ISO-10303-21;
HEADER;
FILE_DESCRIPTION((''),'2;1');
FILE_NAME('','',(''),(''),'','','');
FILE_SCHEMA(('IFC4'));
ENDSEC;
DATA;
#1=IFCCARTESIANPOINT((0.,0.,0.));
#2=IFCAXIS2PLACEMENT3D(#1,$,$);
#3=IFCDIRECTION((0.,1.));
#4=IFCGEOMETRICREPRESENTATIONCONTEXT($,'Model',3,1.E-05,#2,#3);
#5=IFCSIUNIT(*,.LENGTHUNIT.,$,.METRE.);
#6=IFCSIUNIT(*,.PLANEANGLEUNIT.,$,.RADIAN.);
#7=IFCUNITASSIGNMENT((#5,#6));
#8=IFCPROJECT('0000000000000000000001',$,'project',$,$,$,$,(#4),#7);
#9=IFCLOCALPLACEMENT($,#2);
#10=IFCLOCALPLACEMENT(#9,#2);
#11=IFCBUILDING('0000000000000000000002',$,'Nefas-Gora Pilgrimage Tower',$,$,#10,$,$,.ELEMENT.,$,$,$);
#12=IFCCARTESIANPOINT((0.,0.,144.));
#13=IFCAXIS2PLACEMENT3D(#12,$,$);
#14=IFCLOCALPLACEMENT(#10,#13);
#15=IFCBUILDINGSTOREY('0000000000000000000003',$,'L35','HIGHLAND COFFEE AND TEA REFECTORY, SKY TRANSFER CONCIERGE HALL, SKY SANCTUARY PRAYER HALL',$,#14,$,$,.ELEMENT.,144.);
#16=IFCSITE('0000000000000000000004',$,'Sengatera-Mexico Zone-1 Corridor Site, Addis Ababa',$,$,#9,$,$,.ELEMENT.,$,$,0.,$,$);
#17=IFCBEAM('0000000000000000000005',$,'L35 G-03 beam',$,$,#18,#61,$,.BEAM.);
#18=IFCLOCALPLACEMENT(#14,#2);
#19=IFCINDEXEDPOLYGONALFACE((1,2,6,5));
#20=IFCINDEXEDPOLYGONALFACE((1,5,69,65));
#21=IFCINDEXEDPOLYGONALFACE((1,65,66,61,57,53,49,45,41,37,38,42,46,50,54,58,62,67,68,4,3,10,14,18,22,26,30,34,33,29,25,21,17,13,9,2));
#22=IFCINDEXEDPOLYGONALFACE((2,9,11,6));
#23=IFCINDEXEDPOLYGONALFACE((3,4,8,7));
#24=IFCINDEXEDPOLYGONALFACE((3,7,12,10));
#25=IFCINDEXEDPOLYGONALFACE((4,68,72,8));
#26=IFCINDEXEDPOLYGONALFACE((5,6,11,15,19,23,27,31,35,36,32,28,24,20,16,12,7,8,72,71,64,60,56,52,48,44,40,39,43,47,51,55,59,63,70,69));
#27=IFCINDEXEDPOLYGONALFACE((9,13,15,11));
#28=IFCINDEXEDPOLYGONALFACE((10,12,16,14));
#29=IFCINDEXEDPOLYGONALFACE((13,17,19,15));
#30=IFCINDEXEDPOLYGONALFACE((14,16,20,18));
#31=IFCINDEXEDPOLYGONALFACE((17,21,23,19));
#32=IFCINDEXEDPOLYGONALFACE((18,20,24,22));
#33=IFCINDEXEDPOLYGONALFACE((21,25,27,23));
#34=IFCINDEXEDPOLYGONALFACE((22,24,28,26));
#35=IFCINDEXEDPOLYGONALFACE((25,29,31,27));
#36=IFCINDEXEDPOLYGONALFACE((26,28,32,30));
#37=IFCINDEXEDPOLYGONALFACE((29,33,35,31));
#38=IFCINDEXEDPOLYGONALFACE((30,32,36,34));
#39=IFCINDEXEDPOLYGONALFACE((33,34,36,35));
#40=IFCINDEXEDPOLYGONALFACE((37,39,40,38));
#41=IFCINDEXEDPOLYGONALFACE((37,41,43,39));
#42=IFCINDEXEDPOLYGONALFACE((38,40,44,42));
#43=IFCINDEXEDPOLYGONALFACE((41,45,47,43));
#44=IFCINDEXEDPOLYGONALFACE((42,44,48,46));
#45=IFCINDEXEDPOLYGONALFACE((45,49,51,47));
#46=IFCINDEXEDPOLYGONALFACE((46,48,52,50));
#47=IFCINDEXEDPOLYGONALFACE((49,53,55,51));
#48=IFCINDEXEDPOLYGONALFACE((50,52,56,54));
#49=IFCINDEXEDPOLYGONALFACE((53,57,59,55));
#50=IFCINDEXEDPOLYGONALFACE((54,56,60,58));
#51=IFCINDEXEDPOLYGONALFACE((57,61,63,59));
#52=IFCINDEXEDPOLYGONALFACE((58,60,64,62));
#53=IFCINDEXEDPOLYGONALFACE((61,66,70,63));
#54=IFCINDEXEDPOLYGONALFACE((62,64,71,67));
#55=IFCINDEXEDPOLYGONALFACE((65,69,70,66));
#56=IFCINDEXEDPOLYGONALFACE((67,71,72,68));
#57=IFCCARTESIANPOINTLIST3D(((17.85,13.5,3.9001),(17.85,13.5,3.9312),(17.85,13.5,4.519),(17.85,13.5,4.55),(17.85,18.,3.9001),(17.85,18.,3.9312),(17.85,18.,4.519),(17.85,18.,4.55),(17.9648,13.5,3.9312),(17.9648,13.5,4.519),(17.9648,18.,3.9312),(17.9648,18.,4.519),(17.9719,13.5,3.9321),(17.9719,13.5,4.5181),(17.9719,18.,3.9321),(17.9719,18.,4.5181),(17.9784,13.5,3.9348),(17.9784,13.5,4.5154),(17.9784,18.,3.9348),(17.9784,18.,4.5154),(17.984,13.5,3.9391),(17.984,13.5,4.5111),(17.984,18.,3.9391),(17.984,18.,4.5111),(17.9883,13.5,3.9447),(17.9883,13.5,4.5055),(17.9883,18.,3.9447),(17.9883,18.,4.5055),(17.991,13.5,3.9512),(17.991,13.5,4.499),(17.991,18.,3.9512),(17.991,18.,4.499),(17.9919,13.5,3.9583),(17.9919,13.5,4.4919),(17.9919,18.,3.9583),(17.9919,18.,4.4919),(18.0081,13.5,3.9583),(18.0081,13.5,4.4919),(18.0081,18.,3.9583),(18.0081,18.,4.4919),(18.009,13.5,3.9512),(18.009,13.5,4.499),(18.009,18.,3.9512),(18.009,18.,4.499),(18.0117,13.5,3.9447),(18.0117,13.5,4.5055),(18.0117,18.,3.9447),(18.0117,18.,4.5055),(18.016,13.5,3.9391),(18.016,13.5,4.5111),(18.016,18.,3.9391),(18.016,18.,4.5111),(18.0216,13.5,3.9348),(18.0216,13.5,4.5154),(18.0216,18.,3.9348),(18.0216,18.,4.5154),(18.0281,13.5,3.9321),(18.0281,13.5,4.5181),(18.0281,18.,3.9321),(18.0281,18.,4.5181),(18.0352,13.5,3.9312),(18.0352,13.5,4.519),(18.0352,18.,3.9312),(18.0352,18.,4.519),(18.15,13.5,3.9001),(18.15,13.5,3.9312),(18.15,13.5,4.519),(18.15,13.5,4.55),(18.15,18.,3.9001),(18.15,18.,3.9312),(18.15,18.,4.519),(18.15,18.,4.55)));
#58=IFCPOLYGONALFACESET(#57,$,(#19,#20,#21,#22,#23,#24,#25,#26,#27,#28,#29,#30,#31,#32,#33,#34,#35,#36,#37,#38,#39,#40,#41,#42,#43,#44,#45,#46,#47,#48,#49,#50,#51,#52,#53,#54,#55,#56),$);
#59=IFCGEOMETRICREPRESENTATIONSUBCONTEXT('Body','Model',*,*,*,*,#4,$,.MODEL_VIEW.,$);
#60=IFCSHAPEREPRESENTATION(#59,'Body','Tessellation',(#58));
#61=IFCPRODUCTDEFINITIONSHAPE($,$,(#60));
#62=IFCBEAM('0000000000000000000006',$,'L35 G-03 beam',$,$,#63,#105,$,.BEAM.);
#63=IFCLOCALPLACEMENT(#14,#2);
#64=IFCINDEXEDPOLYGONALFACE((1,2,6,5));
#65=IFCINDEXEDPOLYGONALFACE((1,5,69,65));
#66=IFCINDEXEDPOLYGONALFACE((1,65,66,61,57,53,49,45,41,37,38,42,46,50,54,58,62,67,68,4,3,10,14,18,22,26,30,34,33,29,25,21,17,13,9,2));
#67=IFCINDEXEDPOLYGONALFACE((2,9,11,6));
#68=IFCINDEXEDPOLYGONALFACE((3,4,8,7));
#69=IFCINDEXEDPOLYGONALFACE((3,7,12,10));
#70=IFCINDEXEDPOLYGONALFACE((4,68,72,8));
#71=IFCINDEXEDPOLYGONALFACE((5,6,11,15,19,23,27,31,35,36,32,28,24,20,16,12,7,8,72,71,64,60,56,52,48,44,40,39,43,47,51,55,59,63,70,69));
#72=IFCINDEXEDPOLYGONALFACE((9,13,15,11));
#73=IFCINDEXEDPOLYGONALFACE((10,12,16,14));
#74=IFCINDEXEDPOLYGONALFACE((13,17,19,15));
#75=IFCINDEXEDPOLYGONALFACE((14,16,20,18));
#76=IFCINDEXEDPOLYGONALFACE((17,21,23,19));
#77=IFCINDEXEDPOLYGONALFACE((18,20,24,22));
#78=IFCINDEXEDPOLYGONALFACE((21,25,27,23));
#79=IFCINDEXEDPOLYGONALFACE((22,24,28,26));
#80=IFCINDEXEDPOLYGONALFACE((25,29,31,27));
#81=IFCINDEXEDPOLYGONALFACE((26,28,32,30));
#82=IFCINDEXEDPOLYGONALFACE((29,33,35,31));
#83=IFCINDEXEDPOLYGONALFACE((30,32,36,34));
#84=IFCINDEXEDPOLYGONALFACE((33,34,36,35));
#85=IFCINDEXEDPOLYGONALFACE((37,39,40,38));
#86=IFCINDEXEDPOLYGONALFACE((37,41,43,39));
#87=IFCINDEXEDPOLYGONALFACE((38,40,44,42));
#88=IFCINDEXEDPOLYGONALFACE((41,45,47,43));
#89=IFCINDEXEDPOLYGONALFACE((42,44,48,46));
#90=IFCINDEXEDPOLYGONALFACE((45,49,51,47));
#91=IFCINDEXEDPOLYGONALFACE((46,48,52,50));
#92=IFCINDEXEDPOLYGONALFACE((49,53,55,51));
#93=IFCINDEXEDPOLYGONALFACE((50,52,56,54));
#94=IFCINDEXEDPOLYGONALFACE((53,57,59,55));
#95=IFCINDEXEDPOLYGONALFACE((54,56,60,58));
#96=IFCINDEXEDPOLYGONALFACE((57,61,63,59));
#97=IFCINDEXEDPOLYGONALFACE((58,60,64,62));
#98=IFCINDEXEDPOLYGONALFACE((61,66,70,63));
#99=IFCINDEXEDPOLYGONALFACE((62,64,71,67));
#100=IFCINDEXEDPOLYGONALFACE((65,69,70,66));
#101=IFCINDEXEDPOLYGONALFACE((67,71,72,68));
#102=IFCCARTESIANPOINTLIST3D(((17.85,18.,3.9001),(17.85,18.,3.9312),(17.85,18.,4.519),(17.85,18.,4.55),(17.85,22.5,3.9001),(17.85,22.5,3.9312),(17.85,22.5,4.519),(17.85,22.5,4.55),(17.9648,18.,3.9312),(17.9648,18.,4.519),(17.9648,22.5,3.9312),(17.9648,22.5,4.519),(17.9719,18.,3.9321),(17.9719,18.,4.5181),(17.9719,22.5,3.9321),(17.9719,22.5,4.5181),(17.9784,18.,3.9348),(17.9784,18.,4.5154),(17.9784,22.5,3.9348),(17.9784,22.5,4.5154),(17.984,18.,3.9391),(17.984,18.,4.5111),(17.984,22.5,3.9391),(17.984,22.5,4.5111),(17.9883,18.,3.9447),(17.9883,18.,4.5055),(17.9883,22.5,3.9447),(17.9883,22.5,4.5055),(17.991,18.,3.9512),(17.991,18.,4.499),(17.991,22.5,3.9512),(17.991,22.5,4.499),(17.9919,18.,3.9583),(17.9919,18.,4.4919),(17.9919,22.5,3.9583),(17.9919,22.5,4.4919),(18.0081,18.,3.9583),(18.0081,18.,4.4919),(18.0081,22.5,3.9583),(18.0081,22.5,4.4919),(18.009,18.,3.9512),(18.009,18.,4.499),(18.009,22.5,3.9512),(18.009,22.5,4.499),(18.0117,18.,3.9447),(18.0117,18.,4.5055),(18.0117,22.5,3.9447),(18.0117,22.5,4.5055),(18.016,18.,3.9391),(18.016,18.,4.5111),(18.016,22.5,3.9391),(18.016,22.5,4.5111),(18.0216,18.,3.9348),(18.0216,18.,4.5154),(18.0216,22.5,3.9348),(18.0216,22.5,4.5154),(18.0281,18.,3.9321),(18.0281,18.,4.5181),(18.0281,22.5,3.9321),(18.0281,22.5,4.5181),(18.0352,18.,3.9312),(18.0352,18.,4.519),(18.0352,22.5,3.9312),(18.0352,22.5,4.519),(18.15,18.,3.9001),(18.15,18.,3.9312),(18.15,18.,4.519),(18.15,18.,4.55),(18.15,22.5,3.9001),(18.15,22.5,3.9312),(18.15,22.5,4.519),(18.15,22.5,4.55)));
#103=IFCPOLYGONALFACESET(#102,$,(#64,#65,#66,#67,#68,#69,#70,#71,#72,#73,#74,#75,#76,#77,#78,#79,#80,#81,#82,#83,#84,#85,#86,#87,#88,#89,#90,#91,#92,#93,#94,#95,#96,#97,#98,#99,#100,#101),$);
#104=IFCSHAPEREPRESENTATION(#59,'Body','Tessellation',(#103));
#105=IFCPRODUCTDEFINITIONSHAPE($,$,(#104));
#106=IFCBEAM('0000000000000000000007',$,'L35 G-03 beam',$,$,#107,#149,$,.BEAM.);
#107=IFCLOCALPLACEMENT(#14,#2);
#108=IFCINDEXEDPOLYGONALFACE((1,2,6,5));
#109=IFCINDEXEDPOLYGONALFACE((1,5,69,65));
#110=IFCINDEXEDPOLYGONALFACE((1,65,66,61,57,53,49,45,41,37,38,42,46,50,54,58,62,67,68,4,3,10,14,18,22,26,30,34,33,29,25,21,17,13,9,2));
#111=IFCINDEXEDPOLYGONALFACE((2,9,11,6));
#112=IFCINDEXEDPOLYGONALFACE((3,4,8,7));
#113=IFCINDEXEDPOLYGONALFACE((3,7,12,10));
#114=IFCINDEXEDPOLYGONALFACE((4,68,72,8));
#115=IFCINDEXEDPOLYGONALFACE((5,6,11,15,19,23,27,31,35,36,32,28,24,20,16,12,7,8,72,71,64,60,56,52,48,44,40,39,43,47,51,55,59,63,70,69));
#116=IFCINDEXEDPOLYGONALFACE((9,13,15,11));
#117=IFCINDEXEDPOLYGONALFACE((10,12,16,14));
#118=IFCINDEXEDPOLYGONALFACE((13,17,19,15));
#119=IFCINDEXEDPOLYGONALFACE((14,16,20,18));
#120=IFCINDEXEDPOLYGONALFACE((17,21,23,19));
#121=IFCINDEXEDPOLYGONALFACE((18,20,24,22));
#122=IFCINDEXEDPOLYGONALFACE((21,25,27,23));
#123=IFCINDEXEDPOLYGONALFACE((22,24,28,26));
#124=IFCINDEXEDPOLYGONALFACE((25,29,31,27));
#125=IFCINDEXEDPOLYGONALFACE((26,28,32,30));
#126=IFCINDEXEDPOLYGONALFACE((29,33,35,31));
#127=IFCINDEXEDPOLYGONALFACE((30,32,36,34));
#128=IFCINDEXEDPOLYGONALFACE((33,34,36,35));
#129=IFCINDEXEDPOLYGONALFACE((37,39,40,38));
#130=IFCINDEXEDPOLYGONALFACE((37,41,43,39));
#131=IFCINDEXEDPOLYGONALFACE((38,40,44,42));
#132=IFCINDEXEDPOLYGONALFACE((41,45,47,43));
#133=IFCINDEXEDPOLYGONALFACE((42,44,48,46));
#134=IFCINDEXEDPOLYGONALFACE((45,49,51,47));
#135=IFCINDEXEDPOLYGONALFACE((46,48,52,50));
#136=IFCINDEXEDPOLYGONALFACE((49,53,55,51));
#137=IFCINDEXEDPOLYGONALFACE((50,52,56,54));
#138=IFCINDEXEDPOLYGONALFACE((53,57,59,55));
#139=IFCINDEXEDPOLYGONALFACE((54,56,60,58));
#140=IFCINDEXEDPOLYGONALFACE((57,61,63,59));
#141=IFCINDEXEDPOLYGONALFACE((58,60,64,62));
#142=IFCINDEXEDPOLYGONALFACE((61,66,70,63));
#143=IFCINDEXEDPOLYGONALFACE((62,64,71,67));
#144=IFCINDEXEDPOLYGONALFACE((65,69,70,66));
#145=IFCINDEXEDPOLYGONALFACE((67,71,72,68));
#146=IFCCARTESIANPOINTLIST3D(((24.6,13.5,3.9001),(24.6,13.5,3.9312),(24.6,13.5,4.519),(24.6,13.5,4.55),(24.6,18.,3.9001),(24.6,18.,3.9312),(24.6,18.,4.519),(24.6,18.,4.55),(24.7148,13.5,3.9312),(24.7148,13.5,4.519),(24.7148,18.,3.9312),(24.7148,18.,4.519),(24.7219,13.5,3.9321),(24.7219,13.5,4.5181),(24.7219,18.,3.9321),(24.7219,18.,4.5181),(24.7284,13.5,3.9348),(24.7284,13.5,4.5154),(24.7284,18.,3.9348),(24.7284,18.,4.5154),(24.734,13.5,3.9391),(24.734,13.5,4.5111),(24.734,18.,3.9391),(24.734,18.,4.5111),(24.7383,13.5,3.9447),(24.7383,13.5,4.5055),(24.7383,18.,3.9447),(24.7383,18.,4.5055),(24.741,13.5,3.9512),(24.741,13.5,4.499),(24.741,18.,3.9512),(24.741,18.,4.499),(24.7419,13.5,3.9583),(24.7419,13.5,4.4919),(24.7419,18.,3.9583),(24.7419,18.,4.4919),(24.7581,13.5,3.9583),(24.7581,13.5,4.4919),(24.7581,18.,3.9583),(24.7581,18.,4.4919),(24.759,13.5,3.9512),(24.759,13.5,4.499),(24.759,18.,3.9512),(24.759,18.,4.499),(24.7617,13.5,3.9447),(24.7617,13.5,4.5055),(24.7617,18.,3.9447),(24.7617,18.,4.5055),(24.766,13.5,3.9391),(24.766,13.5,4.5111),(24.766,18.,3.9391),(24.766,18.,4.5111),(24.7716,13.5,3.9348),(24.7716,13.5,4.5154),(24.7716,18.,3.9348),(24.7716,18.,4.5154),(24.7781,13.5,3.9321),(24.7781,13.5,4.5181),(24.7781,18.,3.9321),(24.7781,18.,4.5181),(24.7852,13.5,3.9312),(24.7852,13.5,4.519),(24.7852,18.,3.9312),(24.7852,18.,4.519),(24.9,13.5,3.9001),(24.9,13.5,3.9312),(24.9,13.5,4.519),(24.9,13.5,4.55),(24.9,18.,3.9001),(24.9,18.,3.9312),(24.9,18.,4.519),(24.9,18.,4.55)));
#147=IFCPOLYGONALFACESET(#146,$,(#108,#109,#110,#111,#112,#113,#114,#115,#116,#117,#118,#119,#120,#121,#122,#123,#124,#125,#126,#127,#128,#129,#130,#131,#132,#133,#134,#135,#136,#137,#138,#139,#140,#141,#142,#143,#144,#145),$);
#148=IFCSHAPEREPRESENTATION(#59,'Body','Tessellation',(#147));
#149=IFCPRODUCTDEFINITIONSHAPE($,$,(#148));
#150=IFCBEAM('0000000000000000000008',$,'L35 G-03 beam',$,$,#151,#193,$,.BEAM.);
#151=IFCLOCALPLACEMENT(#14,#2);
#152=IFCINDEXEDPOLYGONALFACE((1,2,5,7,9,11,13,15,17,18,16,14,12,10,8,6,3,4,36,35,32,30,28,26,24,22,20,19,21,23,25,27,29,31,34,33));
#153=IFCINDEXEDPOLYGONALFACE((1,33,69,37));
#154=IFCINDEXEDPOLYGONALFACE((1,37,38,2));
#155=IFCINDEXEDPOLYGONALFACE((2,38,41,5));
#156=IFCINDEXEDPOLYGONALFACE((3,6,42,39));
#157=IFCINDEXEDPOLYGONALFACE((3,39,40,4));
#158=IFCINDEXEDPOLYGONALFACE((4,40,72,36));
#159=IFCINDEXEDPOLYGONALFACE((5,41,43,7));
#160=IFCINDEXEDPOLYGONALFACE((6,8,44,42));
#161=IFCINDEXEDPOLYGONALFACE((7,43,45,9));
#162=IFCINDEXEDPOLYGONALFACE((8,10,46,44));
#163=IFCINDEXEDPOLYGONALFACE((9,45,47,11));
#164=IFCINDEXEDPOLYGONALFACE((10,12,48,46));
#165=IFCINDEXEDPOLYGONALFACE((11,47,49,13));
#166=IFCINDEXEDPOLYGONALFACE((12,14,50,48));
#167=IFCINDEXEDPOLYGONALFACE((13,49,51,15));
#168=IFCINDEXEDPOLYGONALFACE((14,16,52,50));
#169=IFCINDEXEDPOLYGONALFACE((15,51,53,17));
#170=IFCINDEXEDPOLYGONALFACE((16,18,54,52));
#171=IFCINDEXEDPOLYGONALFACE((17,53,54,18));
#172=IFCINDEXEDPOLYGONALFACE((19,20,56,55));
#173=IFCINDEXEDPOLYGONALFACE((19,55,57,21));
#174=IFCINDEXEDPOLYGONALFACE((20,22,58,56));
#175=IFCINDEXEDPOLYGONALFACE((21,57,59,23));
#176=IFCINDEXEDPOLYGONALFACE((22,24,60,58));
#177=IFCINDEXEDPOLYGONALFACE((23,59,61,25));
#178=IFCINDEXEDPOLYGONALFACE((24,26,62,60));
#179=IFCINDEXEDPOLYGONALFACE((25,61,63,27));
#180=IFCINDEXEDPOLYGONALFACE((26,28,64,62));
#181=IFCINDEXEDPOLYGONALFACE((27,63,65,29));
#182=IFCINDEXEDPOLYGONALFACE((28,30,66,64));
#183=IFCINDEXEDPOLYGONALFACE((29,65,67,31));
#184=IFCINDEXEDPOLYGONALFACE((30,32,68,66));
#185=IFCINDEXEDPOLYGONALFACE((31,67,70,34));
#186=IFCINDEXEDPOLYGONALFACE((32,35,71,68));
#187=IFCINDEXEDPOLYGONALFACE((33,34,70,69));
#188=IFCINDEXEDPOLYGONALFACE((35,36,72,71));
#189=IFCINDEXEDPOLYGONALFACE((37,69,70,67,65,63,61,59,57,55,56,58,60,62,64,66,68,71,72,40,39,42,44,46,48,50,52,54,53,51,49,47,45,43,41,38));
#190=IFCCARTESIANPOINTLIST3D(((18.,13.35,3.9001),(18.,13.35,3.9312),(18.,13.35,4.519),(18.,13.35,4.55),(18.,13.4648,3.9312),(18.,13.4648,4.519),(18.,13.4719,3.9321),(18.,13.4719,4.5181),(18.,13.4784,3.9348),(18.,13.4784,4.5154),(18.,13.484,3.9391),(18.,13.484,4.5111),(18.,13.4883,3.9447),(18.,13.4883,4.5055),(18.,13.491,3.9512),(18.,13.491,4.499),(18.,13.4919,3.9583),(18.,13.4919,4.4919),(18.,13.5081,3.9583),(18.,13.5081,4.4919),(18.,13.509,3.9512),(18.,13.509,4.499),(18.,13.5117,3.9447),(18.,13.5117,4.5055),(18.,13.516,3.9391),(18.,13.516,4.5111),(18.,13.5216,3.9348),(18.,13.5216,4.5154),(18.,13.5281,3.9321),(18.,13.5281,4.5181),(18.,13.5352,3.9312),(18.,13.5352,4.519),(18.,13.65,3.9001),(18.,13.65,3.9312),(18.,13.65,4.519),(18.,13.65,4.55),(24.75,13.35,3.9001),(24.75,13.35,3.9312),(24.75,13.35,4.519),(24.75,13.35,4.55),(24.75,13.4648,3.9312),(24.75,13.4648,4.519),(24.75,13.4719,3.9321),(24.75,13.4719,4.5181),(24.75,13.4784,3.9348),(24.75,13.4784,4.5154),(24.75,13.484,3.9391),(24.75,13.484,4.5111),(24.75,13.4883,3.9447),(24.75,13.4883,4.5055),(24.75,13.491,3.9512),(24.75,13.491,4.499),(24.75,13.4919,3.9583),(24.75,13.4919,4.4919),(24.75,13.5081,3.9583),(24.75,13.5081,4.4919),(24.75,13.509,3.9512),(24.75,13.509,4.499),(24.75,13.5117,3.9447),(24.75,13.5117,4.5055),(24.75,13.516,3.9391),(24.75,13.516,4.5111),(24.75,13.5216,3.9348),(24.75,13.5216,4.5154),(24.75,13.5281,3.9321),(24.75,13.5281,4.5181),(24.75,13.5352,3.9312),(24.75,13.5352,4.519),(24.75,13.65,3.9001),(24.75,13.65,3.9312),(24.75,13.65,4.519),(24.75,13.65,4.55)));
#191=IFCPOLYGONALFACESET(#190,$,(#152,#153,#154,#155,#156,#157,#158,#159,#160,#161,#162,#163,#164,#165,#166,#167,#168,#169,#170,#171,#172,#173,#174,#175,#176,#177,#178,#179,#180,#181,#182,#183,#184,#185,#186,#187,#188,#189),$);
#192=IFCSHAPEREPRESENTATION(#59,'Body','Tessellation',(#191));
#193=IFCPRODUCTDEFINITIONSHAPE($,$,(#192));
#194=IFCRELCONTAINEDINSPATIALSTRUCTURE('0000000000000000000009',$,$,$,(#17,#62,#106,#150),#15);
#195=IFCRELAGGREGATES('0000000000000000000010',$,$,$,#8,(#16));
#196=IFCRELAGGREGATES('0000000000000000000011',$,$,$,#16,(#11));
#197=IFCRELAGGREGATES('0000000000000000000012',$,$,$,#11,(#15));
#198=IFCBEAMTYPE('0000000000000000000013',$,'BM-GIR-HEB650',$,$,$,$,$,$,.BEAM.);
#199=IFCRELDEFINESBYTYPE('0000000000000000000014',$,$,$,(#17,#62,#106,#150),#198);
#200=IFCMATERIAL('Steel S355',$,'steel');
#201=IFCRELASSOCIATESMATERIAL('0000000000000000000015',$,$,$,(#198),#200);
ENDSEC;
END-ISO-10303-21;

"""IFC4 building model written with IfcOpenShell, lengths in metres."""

from ifc_helpers import new_model, si_unit, direction, frame, origin, origin_2d, place, context, subcontext, project, spatial, i_section, extrude, source, transform, mapped, material, material_profile, profile_set, type_object, element, save


model = new_model("IFC4")

# Units and contexts
model_context = context("Model", 3, precision=1e-05, world=origin(), true_north=direction((0.0, 1.0)))
body_context = subcontext(model_context, "Body", "Model", "MODEL_VIEW")
ifc_project = project(units=[si_unit("LENGTHUNIT", "METRE"), si_unit("PLANEANGLEUNIT", "RADIAN")], contexts=[model_context])

# Site, building, storey
site_placement = place(None, origin())
site = spatial("IfcSite", under=ifc_project, at=site_placement, Name="Sengatera-Mexico Zone-1 Corridor Site, Addis Ababa", CompositionType="ELEMENT", RefElevation=0.0)
building_placement = place(site_placement, origin())
building = spatial("IfcBuilding", under=site, at=building_placement, Name="Nefas-Gora Pilgrimage Tower", CompositionType="ELEMENT")
storey_placement = place(building_placement, frame((0.0, 0.0, 144.0)))
storey = spatial("IfcBuildingStorey", under=building, at=storey_placement, Name="L35", Description="HIGHLAND COFFEE AND TEA REFECTORY, SKY TRANSFER CONCIERGE HALL, SKY SANCTUARY PRAYER HALL", CompositionType="ELEMENT", Elevation=144.0)

# Beams
ifc_material_1 = material(Name="Steel S355", Category="steel")
ifc_material_profile_1 = material_profile(ifc_material_1, i_section(OverallWidth=0.3, OverallDepth=0.6499, WebThickness=0.0161, FlangeThickness=0.031, FilletRadius=0.0271, at=origin_2d()), Name="HEB 650")
ifc_profile_set_1 = profile_set([ifc_material_profile_1], Name="Steel S355")
beam_type_1 = type_object("IfcBeamType", Name="BM-GIR-HEB650", PredefinedType="BEAM", material=ifc_profile_set_1)
shared_shape_1 = source(origin(), body_context, "Body", "SweptSolid", [
    extrude(i_section(OverallWidth=0.3, OverallDepth=0.6499, WebThickness=0.0161, FlangeThickness=0.031, FilletRadius=0.0271, at=origin_2d()), origin(), (0.0, 0.0, 1.0), 4.5),
])
for number, where, z_axis, x_axis, name in (
    (1, (18.0, 13.5, 4.2251), (0.0, 1.0, 0.0), (-1.0, 0.0, 0.0), "L35 G-03 beam"),
    (2, (18.0, 18.0, 4.2251), (0.0, 1.0, 0.0), (-1.0, 0.0, 0.0), "L35 G-03 beam"),
    (3, (24.75, 13.5, 4.2251), (0.0, 1.0, 0.0), (-1.0, 0.0, 0.0), "L35 G-03 beam"),
):
    element("IfcBeam", number, at=place(storey_placement, frame(where, z_axis=z_axis, x_axis=x_axis)), inside=storey, type_object=beam_type_1, Name=name, PredefinedType="BEAM", context=body_context, shape_type="MappedRepresentation", body=[
        mapped(shared_shape_1, transform((0.0, 0.0, 0.0), x_axis=(1.0, 0.0, 0.0), y_axis=(0.0, 1.0, 0.0), z_axis=(0.0, 0.0, 1.0), scale=1.0)),
    ])
shared_shape_2 = source(origin(), body_context, "Body", "SweptSolid", [
    extrude(i_section(OverallWidth=0.3, OverallDepth=0.6499, WebThickness=0.0161, FlangeThickness=0.031, FilletRadius=0.0271, at=origin_2d()), origin(), (0.0, 0.0, 1.0), 6.75),
])
for number, where, z_axis, x_axis, name in (
    (4, (18.0, 13.5, 4.2251), (1.0, 0.0, 0.0), (0.0, 1.0, 0.0), "L35 G-03 beam"),
):
    element("IfcBeam", number, at=place(storey_placement, frame(where, z_axis=z_axis, x_axis=x_axis)), inside=storey, type_object=beam_type_1, Name=name, PredefinedType="BEAM", context=body_context, shape_type="MappedRepresentation", body=[
        mapped(shared_shape_2, transform((0.0, 0.0, 0.0), x_axis=(1.0, 0.0, 0.0), y_axis=(0.0, 1.0, 0.0), z_axis=(0.0, 0.0, 1.0), scale=1.0)),
    ])

save(model, "model.ifc")
